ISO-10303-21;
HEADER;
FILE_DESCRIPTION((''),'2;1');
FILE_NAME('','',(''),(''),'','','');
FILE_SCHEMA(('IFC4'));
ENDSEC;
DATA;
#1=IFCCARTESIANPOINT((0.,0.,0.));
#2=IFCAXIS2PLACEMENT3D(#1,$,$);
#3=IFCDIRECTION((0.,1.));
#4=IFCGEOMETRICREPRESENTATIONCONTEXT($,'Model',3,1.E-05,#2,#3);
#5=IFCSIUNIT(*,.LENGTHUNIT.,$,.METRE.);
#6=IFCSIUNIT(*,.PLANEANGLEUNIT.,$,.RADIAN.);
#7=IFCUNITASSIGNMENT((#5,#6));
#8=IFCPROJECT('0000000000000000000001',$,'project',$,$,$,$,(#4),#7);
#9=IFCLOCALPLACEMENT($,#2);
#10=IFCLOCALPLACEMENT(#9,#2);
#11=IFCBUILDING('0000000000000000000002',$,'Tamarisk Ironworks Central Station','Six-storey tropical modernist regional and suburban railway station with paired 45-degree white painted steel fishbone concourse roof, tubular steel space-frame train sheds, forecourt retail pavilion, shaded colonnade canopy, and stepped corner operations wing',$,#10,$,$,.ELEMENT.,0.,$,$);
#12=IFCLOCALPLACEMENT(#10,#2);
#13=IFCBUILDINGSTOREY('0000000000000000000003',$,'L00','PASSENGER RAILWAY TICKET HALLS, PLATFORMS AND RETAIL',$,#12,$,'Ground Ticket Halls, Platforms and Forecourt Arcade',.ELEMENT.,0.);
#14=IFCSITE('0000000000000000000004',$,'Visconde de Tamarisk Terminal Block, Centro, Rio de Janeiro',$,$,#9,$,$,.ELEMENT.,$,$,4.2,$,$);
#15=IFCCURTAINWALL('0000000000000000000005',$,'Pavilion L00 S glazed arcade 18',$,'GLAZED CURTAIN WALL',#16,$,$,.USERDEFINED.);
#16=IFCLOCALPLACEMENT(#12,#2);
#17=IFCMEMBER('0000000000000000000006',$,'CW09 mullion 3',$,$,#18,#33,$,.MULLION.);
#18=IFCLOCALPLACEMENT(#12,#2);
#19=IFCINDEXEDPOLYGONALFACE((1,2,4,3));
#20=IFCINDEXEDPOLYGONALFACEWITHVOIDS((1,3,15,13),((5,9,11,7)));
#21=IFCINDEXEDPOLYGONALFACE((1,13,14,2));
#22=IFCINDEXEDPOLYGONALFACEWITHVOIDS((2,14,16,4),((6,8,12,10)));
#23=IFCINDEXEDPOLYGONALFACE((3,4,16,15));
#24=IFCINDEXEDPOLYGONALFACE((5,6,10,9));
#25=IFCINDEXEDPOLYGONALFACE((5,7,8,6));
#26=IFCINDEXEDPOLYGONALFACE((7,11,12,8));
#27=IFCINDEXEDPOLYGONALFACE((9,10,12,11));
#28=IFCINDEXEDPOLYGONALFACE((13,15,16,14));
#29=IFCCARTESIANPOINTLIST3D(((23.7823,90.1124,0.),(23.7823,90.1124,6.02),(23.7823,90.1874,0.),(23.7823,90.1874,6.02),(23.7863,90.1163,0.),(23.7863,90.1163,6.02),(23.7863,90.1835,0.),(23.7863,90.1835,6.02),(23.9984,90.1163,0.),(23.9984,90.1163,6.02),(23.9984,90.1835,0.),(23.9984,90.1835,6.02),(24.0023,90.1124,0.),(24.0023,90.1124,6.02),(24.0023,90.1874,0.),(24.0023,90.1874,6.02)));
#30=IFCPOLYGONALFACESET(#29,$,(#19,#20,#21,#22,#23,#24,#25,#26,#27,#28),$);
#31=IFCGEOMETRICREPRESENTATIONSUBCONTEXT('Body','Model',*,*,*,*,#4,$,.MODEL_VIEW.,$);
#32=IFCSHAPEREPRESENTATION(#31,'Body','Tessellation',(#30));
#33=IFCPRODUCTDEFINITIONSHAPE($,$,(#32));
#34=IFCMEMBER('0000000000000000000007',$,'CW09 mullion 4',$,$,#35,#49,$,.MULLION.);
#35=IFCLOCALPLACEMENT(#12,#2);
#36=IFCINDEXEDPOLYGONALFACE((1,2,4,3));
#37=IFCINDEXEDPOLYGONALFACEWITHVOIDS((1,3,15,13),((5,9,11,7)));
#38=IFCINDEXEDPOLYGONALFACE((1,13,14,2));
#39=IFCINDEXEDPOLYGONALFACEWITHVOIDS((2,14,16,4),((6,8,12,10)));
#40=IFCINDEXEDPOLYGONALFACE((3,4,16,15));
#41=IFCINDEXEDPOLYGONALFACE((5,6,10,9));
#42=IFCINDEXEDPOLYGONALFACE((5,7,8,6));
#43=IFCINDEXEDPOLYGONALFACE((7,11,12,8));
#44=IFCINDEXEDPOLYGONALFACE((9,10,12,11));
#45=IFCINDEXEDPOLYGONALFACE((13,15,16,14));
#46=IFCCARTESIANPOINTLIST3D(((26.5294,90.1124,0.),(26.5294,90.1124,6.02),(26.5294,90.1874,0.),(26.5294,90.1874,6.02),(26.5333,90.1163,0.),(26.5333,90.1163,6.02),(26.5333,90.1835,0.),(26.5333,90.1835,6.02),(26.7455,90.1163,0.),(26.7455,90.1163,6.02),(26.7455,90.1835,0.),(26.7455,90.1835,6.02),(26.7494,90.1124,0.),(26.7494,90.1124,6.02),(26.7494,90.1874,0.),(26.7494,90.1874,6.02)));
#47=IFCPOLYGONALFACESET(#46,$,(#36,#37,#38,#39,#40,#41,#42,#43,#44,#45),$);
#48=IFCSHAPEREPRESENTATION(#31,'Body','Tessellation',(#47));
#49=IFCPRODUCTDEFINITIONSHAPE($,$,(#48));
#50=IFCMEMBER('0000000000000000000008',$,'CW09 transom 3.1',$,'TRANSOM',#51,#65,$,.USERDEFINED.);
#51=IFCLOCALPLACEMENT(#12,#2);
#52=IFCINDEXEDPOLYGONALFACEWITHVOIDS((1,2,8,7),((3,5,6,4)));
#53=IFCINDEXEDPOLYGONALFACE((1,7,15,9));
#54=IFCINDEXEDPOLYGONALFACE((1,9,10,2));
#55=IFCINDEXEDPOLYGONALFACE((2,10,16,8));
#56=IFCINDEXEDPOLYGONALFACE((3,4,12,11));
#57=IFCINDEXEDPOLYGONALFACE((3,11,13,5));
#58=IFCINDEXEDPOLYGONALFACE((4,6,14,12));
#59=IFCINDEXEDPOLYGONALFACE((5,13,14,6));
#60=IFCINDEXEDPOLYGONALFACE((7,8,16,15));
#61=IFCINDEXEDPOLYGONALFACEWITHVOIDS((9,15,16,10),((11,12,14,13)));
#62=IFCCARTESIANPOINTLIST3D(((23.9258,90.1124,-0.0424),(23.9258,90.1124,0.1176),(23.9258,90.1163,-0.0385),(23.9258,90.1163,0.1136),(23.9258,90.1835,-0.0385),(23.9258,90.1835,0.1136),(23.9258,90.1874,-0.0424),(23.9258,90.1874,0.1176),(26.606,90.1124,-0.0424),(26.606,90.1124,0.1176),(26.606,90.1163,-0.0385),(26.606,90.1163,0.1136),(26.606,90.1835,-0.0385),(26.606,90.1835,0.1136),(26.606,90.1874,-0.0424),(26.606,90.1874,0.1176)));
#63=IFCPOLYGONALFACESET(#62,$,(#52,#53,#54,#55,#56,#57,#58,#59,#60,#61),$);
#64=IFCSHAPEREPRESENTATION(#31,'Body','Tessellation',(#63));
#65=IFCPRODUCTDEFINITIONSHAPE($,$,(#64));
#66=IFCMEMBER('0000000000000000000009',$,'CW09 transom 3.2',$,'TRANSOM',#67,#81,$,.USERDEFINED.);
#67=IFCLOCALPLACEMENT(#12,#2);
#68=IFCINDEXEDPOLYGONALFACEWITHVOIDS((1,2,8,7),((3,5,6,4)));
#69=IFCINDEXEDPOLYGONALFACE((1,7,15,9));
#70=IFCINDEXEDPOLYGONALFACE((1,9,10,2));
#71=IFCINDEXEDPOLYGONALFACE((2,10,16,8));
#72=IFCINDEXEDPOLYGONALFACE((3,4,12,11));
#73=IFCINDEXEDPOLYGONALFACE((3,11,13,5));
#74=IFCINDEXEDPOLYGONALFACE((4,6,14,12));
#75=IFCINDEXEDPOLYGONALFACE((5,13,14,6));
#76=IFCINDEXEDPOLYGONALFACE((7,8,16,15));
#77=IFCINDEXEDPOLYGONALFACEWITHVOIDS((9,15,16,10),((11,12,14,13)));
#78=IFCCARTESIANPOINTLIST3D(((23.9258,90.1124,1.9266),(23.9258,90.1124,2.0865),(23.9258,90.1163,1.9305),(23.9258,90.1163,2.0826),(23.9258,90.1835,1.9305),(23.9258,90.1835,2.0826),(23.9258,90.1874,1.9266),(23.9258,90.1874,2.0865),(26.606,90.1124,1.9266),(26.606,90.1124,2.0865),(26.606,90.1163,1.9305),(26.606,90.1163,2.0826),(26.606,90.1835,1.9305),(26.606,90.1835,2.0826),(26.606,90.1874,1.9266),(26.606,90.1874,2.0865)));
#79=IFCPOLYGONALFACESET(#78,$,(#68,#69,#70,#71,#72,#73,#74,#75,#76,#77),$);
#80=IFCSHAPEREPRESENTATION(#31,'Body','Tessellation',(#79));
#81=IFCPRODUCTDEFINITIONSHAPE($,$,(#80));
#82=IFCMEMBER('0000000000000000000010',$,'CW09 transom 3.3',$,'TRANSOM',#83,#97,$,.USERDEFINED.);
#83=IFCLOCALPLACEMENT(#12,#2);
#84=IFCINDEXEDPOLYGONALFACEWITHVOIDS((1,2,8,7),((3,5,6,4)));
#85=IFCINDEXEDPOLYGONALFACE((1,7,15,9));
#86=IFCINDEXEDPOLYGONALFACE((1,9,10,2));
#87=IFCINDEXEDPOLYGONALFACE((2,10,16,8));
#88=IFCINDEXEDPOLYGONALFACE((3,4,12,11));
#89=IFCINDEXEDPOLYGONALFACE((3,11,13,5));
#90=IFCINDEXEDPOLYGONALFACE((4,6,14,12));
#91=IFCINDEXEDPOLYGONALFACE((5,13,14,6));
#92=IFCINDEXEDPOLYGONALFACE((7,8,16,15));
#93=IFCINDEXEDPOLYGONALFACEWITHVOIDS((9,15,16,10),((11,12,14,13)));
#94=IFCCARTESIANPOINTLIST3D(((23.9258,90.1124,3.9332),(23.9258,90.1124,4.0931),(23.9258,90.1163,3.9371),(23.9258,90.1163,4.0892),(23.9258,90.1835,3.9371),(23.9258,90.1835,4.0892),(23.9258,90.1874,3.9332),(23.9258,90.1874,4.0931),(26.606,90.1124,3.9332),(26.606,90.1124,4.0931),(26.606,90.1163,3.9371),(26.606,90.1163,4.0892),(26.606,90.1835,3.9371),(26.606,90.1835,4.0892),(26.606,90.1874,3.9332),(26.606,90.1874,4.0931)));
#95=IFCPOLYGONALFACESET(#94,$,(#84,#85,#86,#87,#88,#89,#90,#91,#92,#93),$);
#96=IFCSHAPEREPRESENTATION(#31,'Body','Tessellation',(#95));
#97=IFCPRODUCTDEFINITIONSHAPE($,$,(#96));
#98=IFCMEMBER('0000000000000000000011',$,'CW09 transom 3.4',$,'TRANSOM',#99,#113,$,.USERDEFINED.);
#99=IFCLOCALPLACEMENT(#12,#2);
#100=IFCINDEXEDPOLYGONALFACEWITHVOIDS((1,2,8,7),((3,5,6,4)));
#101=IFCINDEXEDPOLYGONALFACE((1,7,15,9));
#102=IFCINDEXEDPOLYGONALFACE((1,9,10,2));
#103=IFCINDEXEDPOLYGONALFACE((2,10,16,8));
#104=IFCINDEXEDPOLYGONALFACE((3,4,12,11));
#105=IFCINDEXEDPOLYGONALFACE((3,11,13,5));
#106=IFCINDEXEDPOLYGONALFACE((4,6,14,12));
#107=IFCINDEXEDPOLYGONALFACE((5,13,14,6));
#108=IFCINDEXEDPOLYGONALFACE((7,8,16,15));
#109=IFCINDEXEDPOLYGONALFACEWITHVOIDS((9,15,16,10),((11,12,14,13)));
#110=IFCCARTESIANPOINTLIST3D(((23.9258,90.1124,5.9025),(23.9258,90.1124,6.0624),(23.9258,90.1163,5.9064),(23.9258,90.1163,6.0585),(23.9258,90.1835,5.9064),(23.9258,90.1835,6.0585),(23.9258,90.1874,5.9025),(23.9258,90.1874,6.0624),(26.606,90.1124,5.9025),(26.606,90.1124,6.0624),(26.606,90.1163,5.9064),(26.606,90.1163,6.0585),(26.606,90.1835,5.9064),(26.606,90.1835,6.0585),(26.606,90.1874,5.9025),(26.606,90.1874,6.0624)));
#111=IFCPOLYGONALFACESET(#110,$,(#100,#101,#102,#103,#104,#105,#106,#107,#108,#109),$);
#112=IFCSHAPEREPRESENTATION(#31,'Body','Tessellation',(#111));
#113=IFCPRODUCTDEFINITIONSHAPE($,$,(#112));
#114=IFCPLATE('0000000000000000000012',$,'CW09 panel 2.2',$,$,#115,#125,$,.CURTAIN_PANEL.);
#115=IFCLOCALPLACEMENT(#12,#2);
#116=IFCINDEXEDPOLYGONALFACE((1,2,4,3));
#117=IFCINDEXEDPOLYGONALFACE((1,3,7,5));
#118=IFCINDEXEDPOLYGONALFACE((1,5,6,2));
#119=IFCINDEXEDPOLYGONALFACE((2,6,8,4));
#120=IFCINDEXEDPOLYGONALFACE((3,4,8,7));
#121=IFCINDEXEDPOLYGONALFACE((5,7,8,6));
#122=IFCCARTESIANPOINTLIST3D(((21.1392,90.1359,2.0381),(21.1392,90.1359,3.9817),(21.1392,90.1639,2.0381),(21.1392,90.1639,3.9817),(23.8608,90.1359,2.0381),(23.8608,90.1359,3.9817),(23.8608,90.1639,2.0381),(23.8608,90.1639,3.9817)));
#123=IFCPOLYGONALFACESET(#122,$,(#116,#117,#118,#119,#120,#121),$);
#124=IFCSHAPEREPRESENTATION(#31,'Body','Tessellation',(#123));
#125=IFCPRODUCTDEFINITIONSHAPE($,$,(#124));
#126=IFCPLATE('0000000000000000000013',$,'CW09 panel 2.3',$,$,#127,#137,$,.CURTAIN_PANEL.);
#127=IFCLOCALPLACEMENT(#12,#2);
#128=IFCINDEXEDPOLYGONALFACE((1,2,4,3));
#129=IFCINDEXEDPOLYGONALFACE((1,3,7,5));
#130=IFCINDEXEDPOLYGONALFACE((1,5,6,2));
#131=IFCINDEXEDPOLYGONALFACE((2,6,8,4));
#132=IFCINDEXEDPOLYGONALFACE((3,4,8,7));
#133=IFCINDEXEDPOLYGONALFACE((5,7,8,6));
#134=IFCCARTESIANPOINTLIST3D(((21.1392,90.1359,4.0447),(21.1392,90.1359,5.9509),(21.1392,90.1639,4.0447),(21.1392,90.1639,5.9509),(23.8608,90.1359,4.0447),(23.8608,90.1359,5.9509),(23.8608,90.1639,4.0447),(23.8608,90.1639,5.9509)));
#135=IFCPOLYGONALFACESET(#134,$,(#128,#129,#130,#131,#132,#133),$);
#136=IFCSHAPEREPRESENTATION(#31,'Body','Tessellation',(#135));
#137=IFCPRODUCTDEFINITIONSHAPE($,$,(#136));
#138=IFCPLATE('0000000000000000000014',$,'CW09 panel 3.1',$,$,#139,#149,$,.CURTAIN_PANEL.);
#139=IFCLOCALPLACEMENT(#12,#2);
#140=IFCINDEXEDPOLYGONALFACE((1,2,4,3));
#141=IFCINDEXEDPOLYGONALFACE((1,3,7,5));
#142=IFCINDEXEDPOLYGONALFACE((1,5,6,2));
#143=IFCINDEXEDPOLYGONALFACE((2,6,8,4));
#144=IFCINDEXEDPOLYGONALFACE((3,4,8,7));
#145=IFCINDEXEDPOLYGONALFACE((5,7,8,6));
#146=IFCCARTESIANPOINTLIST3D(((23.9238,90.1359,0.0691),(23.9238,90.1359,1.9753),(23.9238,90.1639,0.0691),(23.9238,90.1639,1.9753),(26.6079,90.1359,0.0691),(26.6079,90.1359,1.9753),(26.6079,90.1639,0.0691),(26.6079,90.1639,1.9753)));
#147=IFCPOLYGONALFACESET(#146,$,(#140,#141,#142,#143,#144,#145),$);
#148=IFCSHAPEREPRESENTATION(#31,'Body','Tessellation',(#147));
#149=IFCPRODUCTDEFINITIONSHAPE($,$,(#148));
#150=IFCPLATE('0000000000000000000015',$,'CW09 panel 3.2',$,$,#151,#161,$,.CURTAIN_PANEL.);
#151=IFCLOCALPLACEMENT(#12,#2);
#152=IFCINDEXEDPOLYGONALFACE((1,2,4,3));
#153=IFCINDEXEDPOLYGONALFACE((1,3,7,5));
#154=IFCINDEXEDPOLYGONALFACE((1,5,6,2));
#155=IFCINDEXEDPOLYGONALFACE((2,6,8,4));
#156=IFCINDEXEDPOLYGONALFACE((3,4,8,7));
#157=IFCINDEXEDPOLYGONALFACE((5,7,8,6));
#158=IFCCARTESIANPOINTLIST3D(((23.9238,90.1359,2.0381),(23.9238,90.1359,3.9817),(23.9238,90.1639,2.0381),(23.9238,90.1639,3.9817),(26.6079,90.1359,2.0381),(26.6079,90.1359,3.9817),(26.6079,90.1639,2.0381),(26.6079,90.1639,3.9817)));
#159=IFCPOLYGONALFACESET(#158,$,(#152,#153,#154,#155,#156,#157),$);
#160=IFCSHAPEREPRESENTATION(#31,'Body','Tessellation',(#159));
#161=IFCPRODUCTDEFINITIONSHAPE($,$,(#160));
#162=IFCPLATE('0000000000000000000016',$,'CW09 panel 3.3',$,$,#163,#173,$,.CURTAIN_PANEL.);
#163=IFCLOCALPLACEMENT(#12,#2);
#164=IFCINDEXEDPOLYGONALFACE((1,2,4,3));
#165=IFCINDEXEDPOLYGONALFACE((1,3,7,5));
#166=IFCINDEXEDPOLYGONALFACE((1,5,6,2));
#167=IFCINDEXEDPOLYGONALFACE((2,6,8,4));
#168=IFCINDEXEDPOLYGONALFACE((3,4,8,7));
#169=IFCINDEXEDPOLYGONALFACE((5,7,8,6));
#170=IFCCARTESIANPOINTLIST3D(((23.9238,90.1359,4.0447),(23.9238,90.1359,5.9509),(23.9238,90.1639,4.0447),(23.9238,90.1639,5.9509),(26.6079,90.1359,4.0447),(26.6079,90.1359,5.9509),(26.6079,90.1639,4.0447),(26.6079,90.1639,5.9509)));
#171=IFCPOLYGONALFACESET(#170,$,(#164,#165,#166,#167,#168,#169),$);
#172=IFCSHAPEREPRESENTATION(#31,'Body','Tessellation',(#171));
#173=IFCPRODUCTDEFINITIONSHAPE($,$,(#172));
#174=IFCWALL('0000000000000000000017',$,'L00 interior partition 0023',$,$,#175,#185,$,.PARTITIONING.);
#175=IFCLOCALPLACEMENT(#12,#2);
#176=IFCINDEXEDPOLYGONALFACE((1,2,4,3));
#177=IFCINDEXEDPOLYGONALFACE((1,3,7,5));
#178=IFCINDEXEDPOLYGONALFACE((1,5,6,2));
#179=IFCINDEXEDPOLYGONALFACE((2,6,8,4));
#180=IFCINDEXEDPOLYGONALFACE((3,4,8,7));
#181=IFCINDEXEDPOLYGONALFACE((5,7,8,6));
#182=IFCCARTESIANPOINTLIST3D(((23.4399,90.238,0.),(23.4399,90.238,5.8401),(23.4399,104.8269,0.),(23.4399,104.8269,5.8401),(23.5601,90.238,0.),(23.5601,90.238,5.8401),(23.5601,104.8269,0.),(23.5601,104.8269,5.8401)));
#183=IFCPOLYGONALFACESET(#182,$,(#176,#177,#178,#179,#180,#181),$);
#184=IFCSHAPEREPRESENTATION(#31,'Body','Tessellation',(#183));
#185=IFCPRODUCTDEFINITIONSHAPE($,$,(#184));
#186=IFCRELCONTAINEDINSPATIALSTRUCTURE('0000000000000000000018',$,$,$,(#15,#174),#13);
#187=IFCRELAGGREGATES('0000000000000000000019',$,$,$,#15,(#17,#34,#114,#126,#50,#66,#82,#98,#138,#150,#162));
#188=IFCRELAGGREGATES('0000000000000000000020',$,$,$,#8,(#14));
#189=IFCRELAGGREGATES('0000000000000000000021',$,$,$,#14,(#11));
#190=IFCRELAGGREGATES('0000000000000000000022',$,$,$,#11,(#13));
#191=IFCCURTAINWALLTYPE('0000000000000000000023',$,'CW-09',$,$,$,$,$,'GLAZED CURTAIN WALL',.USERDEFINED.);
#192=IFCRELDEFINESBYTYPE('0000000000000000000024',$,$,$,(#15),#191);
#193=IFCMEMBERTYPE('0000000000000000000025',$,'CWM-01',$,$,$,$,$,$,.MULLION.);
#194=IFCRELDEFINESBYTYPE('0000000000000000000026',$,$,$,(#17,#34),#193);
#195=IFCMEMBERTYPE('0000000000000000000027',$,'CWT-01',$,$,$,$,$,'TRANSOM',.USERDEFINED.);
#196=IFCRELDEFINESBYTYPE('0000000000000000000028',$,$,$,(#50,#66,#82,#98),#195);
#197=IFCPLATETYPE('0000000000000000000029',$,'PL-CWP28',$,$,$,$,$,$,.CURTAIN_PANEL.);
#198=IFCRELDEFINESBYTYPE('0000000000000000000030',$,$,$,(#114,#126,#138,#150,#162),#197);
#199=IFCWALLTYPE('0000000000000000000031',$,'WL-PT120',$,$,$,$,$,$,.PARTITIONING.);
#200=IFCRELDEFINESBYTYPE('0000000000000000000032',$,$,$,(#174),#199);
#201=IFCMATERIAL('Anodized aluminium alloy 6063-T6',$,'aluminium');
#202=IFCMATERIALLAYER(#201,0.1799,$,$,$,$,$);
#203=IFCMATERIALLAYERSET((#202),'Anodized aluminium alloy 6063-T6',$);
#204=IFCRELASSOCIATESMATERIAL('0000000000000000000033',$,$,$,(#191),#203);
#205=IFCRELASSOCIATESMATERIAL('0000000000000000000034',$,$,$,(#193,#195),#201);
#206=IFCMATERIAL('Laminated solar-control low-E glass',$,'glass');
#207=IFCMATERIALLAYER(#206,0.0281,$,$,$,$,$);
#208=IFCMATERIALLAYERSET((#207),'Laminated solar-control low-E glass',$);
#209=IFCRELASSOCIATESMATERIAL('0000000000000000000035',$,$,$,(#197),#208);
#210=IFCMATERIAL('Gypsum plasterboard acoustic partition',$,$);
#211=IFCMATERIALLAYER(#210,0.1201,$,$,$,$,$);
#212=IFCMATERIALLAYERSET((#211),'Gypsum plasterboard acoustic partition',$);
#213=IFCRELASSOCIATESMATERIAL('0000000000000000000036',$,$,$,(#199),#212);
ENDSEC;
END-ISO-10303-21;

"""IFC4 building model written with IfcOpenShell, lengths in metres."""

from ifc_helpers import new_model, si_unit, direction, frame, frame_2d, origin, origin_2d, place, context, subcontext, project, spatial, rectangle, hollow_rectangle, extrude, material, layer, layer_set, material_profile, profile_set, type_object, element, aggregate, save


model = new_model("IFC4")

# Units and contexts
model_context = context("Model", 3, precision=1e-05, world=origin(), true_north=direction((0.0, 1.0)))
body_context = subcontext(model_context, "Body", "Model", "MODEL_VIEW")
ifc_project = project(units=[si_unit("LENGTHUNIT", "METRE"), si_unit("PLANEANGLEUNIT", "RADIAN")], contexts=[model_context])

# Site, building, storey
site_placement = place(None, origin())
site = spatial("IfcSite", under=ifc_project, at=site_placement, Name="Visconde de Tamarisk Terminal Block, Centro, Rio de Janeiro", CompositionType="ELEMENT", RefElevation=4.2)
building_placement = place(site_placement, origin())
building = spatial("IfcBuilding", under=site, at=building_placement, Name="Tamarisk Ironworks Central Station", Description="Six-storey tropical modernist regional and suburban railway station with paired 45-degree white painted steel fishbone concourse roof, tubular steel space-frame train sheds, forecourt retail pavilion, shaded colonnade canopy, and stepped corner operations wing", CompositionType="ELEMENT", ElevationOfRefHeight=0.0)
storey_placement = place(building_placement, origin())
storey = spatial("IfcBuildingStorey", under=building, at=storey_placement, Name="L00", Description="PASSENGER RAILWAY TICKET HALLS, PLATFORMS AND RETAIL", LongName="Ground Ticket Halls, Platforms and Forecourt Arcade", CompositionType="ELEMENT", Elevation=0.0)

# Curtain wall, members, plates
ifc_material_1 = material(Name="Anodized aluminium alloy 6063-T6", Category="aluminium")
ifc_layer_1 = layer(ifc_material_1, 0.1799)
ifc_layer_set_1 = layer_set([ifc_layer_1], Name="Anodized aluminium alloy 6063-T6")
curtain_wall_type = type_object("IfcCurtainWallType", Name="CW-09", ElementType="GLAZED CURTAIN WALL", PredefinedType="USERDEFINED", material=ifc_layer_set_1)
curtain_wall_placement = place(storey_placement, origin())
curtain_wall = element("IfcCurtainWall", 1, at=curtain_wall_placement, inside=storey, type_object=curtain_wall_type, Name="Pavilion L00 S glazed arcade 18", ObjectType="GLAZED CURTAIN WALL", PredefinedType="USERDEFINED")
ifc_material_profile_1 = material_profile(ifc_material_1, hollow_rectangle(XDim=0.075, YDim=0.22, WallThickness=0.0039, at=origin_2d()), Name="ALUM 220x75")
ifc_profile_set_1 = profile_set([ifc_material_profile_1], Name="Anodized aluminium alloy 6063-T6")
member_type_1 = type_object("IfcMemberType", Name="CWM-01", PredefinedType="MULLION", material=ifc_profile_set_1)
member_1_placement = place(storey_placement, frame((23.8923, 90.1499, 0.0), z_axis=(0.0, 0.0, 1.0), x_axis=(0.0, 1.0, 0.0)))
member_1 = element("IfcMember", 2, at=member_1_placement, type_object=member_type_1, Name="CW09 mullion 3", PredefinedType="MULLION", context=body_context, shape_type="SweptSolid", body=[
    extrude(hollow_rectangle(XDim=0.075, YDim=0.22, WallThickness=0.0039, at=origin_2d()), origin(), (0.0, 0.0, 1.0), 6.02),
])
member_2_placement = place(storey_placement, frame((26.6394, 90.1499, 0.0), z_axis=(0.0, 0.0, 1.0), x_axis=(0.0, 1.0, 0.0)))
member_2 = element("IfcMember", 3, at=member_2_placement, type_object=member_type_1, Name="CW09 mullion 4", PredefinedType="MULLION", context=body_context, shape_type="SweptSolid", body=[
    extrude(hollow_rectangle(XDim=0.075, YDim=0.22, WallThickness=0.0039, at=origin_2d()), origin(), (0.0, 0.0, 1.0), 6.02),
])
ifc_material_profile_2 = material_profile(ifc_material_1, hollow_rectangle(XDim=0.075, YDim=0.1599, WallThickness=0.0039, at=origin_2d()), Name="ALUM 160x75")
ifc_profile_set_2 = profile_set([ifc_material_profile_2], Name="Anodized aluminium alloy 6063-T6")
member_type_2 = type_object("IfcMemberType", Name="CWT-01", ElementType="TRANSOM", PredefinedType="USERDEFINED", material=ifc_profile_set_2)
member_3_placement = place(storey_placement, frame((23.9258, 90.1499, 0.0376), z_axis=(1.0, 0.0, 0.0), x_axis=(0.0, 1.0, 0.0)))
member_3 = element("IfcMember", 4, at=member_3_placement, type_object=member_type_2, Name="CW09 transom 3.1", ObjectType="TRANSOM", PredefinedType="USERDEFINED", context=body_context, shape_type="SweptSolid", body=[
    extrude(hollow_rectangle(XDim=0.075, YDim=0.1599, WallThickness=0.0039, at=origin_2d()), origin(), (0.0, 0.0, 1.0), 2.6802),
])
member_4_placement = place(storey_placement, frame((23.9258, 90.1499, 2.0066), z_axis=(1.0, 0.0, 0.0), x_axis=(0.0, 1.0, 0.0)))
member_4 = element("IfcMember", 5, at=member_4_placement, type_object=member_type_2, Name="CW09 transom 3.2", ObjectType="TRANSOM", PredefinedType="USERDEFINED", context=body_context, shape_type="SweptSolid", body=[
    extrude(hollow_rectangle(XDim=0.075, YDim=0.1599, WallThickness=0.0039, at=origin_2d()), origin(), (0.0, 0.0, 1.0), 2.6802),
])
member_5_placement = place(storey_placement, frame((23.9258, 90.1499, 4.0132), z_axis=(1.0, 0.0, 0.0), x_axis=(0.0, 1.0, 0.0)))
member_5 = element("IfcMember", 6, at=member_5_placement, type_object=member_type_2, Name="CW09 transom 3.3", ObjectType="TRANSOM", PredefinedType="USERDEFINED", context=body_context, shape_type="SweptSolid", body=[
    extrude(hollow_rectangle(XDim=0.075, YDim=0.1599, WallThickness=0.0039, at=origin_2d()), origin(), (0.0, 0.0, 1.0), 2.6802),
])
member_6_placement = place(storey_placement, frame((23.9258, 90.1499, 5.9824), z_axis=(1.0, 0.0, 0.0), x_axis=(0.0, 1.0, 0.0)))
member_6 = element("IfcMember", 7, at=member_6_placement, type_object=member_type_2, Name="CW09 transom 3.4", ObjectType="TRANSOM", PredefinedType="USERDEFINED", context=body_context, shape_type="SweptSolid", body=[
    extrude(hollow_rectangle(XDim=0.075, YDim=0.1599, WallThickness=0.0039, at=origin_2d()), origin(), (0.0, 0.0, 1.0), 2.6802),
])
ifc_material_2 = material(Name="Laminated solar-control low-E glass", Category="glass")
ifc_layer_2 = layer(ifc_material_2, 0.0281)
ifc_layer_set_2 = layer_set([ifc_layer_2], Name="Laminated solar-control low-E glass")
plate_type = type_object("IfcPlateType", Name="PL-CWP28", PredefinedType="CURTAIN_PANEL", material=ifc_layer_set_2)
plate_1_placement = place(storey_placement, frame((22.5, 90.1499, 2.0381), z_axis=(0.0, 0.0, 1.0), x_axis=(1.0, 0.0, 0.0)))
plate_1 = element("IfcPlate", 8, at=plate_1_placement, type_object=plate_type, Name="CW09 panel 2.2", PredefinedType="CURTAIN_PANEL", context=body_context, shape_type="SweptSolid", body=[
    extrude(rectangle(XDim=2.7217, YDim=0.0281, at=origin_2d()), origin(), (0.0, 0.0, 1.0), 1.9436),
])
plate_2_placement = place(storey_placement, frame((22.5, 90.1499, 4.0447), z_axis=(0.0, 0.0, 1.0), x_axis=(1.0, 0.0, 0.0)))
plate_2 = element("IfcPlate", 9, at=plate_2_placement, type_object=plate_type, Name="CW09 panel 2.3", PredefinedType="CURTAIN_PANEL", context=body_context, shape_type="SweptSolid", body=[
    extrude(rectangle(XDim=2.7217, YDim=0.0281, at=origin_2d()), origin(), (0.0, 0.0, 1.0), 1.9062),
])
plate_3_placement = place(storey_placement, frame((25.2659, 90.1499, 0.0691), z_axis=(0.0, 0.0, 1.0), x_axis=(1.0, 0.0, 0.0)))
plate_3 = element("IfcPlate", 10, at=plate_3_placement, type_object=plate_type, Name="CW09 panel 3.1", PredefinedType="CURTAIN_PANEL", context=body_context, shape_type="SweptSolid", body=[
    extrude(rectangle(XDim=2.6841, YDim=0.0281, at=origin_2d()), origin(), (0.0, 0.0, 1.0), 1.9062),
])
plate_4_placement = place(storey_placement, frame((25.2659, 90.1499, 2.0381), z_axis=(0.0, 0.0, 1.0), x_axis=(1.0, 0.0, 0.0)))
plate_4 = element("IfcPlate", 11, at=plate_4_placement, type_object=plate_type, Name="CW09 panel 3.2", PredefinedType="CURTAIN_PANEL", context=body_context, shape_type="SweptSolid", body=[
    extrude(rectangle(XDim=2.6841, YDim=0.0281, at=origin_2d()), origin(), (0.0, 0.0, 1.0), 1.9436),
])
plate_5_placement = place(storey_placement, frame((25.2659, 90.1499, 4.0447), z_axis=(0.0, 0.0, 1.0), x_axis=(1.0, 0.0, 0.0)))
plate_5 = element("IfcPlate", 12, at=plate_5_placement, type_object=plate_type, Name="CW09 panel 3.3", PredefinedType="CURTAIN_PANEL", context=body_context, shape_type="SweptSolid", body=[
    extrude(rectangle(XDim=2.6841, YDim=0.0281, at=origin_2d()), origin(), (0.0, 0.0, 1.0), 1.9062),
])
aggregate(curtain_wall, [member_1, member_2, plate_1, plate_2, member_3, member_4, member_5, member_6, plate_3, plate_4, plate_5])

# Wall
ifc_material_3 = material(Name="Gypsum plasterboard acoustic partition")
ifc_layer_3 = layer(ifc_material_3, 0.1201)
ifc_layer_set_3 = layer_set([ifc_layer_3], Name="Gypsum plasterboard acoustic partition")
wall_type_1 = type_object("IfcWallType", Name="WL-PT120", PredefinedType="PARTITIONING", material=ifc_layer_set_3)
wall_1_placement = place(storey_placement, frame((23.5, 90.238, 0.0), z_axis=(0.0, 0.0, 1.0), x_axis=(0.0, 1.0, 0.0)))
element("IfcWall", 13, at=wall_1_placement, inside=storey, type_object=wall_type_1, Name="L00 interior partition 0023", PredefinedType="PARTITIONING", context=body_context, shape_type="SweptSolid", body=[
    extrude(rectangle(XDim=14.5889, YDim=0.1201, at=frame_2d((7.2944, 0.0))), origin(), (0.0, 0.0, 1.0), 5.8401),
])

save(model, "model.ifc")
